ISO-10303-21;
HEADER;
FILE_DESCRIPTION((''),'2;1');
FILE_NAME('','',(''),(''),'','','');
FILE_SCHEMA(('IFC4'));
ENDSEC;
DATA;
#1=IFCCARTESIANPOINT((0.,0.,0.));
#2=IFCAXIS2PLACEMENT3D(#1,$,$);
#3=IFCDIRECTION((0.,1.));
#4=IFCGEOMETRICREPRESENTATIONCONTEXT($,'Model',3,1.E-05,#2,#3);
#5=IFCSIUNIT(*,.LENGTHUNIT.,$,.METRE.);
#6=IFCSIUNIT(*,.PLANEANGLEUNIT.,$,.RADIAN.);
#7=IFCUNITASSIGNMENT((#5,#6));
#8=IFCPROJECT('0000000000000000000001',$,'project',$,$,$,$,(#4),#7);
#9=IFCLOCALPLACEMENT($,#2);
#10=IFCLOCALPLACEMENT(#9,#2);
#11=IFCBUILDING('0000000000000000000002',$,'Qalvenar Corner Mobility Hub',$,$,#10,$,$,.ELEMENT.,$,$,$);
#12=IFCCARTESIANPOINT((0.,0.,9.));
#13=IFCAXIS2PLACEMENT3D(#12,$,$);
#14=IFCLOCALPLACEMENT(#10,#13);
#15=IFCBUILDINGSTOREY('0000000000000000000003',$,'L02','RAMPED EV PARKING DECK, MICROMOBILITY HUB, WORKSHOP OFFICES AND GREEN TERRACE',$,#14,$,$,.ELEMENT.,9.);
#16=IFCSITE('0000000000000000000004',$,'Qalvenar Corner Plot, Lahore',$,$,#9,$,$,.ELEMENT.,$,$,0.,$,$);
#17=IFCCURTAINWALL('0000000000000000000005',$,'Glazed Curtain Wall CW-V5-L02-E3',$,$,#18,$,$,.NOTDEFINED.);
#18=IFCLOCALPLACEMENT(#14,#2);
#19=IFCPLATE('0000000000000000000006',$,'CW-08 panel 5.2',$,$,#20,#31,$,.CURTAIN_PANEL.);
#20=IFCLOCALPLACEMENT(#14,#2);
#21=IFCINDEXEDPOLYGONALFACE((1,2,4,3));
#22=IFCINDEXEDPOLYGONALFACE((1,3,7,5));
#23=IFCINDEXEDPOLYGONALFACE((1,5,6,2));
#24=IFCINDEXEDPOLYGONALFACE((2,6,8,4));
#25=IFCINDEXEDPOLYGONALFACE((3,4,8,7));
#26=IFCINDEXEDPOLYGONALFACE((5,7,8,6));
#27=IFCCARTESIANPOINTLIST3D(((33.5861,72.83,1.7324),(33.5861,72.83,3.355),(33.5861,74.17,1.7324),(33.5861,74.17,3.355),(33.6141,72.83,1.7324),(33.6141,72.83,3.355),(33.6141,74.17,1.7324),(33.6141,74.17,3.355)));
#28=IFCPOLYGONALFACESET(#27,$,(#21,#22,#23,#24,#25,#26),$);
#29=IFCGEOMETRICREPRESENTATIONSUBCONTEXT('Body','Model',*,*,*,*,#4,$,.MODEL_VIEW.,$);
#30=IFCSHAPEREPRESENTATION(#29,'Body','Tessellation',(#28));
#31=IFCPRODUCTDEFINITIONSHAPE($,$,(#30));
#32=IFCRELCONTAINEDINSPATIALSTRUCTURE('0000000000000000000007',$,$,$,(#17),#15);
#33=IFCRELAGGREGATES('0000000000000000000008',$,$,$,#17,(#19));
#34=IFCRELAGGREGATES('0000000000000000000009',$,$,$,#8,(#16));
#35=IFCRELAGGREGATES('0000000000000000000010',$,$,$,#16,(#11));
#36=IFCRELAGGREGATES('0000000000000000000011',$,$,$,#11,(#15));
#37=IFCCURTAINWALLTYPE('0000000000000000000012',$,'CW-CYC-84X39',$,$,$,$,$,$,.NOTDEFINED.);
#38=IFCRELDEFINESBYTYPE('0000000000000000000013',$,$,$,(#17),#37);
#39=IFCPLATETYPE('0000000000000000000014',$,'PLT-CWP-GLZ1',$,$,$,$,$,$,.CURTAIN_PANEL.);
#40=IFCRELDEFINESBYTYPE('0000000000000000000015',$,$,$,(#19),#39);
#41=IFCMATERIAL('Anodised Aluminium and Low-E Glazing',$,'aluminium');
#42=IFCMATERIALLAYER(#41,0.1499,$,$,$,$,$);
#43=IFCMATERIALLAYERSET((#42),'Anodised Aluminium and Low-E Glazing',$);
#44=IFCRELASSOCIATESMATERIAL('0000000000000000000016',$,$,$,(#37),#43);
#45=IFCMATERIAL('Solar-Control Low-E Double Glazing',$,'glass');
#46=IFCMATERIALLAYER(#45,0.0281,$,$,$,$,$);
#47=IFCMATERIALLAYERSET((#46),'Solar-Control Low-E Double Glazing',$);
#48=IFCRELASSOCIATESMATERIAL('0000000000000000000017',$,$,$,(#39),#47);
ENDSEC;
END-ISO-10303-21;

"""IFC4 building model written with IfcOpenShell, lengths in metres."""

from ifc_helpers import new_model, si_unit, direction, frame, origin, origin_2d, place, context, subcontext, project, spatial, rectangle, extrude, material, layer, layer_set, type_object, element, aggregate, save


model = new_model("IFC4")

# Units and contexts
model_context = context("Model", 3, precision=1e-05, world=origin(), true_north=direction((0.0, 1.0)))
body_context = subcontext(model_context, "Body", "Model", "MODEL_VIEW")
ifc_project = project(units=[si_unit("LENGTHUNIT", "METRE"), si_unit("PLANEANGLEUNIT", "RADIAN")], contexts=[model_context])

# Site, building, storey
site_placement = place(None, origin())
site = spatial("IfcSite", under=ifc_project, at=site_placement, Name="Qalvenar Corner Plot, Lahore", CompositionType="ELEMENT", RefElevation=0.0)
building_placement = place(site_placement, origin())
building = spatial("IfcBuilding", under=site, at=building_placement, Name="Qalvenar Corner Mobility Hub", CompositionType="ELEMENT")
storey_placement = place(building_placement, frame((0.0, 0.0, 9.0)))
storey = spatial("IfcBuildingStorey", under=building, at=storey_placement, Name="L02", Description="RAMPED EV PARKING DECK, MICROMOBILITY HUB, WORKSHOP OFFICES AND GREEN TERRACE", CompositionType="ELEMENT", Elevation=9.0)

# Curtain wall, plate
ifc_material_1 = material(Name="Anodised Aluminium and Low-E Glazing", Category="aluminium")
ifc_layer_1 = layer(ifc_material_1, 0.1499)
ifc_layer_set_1 = layer_set([ifc_layer_1], Name="Anodised Aluminium and Low-E Glazing")
curtain_wall_type = type_object("IfcCurtainWallType", Name="CW-CYC-84X39", PredefinedType="NOTDEFINED", material=ifc_layer_set_1)
curtain_wall_placement = place(storey_placement, origin())
curtain_wall = element("IfcCurtainWall", 1, at=curtain_wall_placement, inside=storey, type_object=curtain_wall_type, Name="Glazed Curtain Wall CW-V5-L02-E3", PredefinedType="NOTDEFINED")
ifc_material_2 = material(Name="Solar-Control Low-E Double Glazing", Category="glass")
ifc_layer_2 = layer(ifc_material_2, 0.0281)
ifc_layer_set_2 = layer_set([ifc_layer_2], Name="Solar-Control Low-E Double Glazing")
plate_type = type_object("IfcPlateType", Name="PLT-CWP-GLZ1", PredefinedType="CURTAIN_PANEL", material=ifc_layer_set_2)
plate_1_placement = place(storey_placement, frame((33.6001, 73.5, 1.7324), z_axis=(0.0, 0.0, 1.0), x_axis=(0.0, 1.0, 0.0)))
plate_1 = element("IfcPlate", 2, at=plate_1_placement, type_object=plate_type, Name="CW-08 panel 5.2", PredefinedType="CURTAIN_PANEL", context=body_context, shape_type="SweptSolid", body=[
    extrude(rectangle(XDim=1.3401, YDim=0.0281, at=origin_2d()), origin(), (0.0, 0.0, 1.0), 1.6226),
])
aggregate(curtain_wall, [plate_1])

save(model, "model.ifc")
